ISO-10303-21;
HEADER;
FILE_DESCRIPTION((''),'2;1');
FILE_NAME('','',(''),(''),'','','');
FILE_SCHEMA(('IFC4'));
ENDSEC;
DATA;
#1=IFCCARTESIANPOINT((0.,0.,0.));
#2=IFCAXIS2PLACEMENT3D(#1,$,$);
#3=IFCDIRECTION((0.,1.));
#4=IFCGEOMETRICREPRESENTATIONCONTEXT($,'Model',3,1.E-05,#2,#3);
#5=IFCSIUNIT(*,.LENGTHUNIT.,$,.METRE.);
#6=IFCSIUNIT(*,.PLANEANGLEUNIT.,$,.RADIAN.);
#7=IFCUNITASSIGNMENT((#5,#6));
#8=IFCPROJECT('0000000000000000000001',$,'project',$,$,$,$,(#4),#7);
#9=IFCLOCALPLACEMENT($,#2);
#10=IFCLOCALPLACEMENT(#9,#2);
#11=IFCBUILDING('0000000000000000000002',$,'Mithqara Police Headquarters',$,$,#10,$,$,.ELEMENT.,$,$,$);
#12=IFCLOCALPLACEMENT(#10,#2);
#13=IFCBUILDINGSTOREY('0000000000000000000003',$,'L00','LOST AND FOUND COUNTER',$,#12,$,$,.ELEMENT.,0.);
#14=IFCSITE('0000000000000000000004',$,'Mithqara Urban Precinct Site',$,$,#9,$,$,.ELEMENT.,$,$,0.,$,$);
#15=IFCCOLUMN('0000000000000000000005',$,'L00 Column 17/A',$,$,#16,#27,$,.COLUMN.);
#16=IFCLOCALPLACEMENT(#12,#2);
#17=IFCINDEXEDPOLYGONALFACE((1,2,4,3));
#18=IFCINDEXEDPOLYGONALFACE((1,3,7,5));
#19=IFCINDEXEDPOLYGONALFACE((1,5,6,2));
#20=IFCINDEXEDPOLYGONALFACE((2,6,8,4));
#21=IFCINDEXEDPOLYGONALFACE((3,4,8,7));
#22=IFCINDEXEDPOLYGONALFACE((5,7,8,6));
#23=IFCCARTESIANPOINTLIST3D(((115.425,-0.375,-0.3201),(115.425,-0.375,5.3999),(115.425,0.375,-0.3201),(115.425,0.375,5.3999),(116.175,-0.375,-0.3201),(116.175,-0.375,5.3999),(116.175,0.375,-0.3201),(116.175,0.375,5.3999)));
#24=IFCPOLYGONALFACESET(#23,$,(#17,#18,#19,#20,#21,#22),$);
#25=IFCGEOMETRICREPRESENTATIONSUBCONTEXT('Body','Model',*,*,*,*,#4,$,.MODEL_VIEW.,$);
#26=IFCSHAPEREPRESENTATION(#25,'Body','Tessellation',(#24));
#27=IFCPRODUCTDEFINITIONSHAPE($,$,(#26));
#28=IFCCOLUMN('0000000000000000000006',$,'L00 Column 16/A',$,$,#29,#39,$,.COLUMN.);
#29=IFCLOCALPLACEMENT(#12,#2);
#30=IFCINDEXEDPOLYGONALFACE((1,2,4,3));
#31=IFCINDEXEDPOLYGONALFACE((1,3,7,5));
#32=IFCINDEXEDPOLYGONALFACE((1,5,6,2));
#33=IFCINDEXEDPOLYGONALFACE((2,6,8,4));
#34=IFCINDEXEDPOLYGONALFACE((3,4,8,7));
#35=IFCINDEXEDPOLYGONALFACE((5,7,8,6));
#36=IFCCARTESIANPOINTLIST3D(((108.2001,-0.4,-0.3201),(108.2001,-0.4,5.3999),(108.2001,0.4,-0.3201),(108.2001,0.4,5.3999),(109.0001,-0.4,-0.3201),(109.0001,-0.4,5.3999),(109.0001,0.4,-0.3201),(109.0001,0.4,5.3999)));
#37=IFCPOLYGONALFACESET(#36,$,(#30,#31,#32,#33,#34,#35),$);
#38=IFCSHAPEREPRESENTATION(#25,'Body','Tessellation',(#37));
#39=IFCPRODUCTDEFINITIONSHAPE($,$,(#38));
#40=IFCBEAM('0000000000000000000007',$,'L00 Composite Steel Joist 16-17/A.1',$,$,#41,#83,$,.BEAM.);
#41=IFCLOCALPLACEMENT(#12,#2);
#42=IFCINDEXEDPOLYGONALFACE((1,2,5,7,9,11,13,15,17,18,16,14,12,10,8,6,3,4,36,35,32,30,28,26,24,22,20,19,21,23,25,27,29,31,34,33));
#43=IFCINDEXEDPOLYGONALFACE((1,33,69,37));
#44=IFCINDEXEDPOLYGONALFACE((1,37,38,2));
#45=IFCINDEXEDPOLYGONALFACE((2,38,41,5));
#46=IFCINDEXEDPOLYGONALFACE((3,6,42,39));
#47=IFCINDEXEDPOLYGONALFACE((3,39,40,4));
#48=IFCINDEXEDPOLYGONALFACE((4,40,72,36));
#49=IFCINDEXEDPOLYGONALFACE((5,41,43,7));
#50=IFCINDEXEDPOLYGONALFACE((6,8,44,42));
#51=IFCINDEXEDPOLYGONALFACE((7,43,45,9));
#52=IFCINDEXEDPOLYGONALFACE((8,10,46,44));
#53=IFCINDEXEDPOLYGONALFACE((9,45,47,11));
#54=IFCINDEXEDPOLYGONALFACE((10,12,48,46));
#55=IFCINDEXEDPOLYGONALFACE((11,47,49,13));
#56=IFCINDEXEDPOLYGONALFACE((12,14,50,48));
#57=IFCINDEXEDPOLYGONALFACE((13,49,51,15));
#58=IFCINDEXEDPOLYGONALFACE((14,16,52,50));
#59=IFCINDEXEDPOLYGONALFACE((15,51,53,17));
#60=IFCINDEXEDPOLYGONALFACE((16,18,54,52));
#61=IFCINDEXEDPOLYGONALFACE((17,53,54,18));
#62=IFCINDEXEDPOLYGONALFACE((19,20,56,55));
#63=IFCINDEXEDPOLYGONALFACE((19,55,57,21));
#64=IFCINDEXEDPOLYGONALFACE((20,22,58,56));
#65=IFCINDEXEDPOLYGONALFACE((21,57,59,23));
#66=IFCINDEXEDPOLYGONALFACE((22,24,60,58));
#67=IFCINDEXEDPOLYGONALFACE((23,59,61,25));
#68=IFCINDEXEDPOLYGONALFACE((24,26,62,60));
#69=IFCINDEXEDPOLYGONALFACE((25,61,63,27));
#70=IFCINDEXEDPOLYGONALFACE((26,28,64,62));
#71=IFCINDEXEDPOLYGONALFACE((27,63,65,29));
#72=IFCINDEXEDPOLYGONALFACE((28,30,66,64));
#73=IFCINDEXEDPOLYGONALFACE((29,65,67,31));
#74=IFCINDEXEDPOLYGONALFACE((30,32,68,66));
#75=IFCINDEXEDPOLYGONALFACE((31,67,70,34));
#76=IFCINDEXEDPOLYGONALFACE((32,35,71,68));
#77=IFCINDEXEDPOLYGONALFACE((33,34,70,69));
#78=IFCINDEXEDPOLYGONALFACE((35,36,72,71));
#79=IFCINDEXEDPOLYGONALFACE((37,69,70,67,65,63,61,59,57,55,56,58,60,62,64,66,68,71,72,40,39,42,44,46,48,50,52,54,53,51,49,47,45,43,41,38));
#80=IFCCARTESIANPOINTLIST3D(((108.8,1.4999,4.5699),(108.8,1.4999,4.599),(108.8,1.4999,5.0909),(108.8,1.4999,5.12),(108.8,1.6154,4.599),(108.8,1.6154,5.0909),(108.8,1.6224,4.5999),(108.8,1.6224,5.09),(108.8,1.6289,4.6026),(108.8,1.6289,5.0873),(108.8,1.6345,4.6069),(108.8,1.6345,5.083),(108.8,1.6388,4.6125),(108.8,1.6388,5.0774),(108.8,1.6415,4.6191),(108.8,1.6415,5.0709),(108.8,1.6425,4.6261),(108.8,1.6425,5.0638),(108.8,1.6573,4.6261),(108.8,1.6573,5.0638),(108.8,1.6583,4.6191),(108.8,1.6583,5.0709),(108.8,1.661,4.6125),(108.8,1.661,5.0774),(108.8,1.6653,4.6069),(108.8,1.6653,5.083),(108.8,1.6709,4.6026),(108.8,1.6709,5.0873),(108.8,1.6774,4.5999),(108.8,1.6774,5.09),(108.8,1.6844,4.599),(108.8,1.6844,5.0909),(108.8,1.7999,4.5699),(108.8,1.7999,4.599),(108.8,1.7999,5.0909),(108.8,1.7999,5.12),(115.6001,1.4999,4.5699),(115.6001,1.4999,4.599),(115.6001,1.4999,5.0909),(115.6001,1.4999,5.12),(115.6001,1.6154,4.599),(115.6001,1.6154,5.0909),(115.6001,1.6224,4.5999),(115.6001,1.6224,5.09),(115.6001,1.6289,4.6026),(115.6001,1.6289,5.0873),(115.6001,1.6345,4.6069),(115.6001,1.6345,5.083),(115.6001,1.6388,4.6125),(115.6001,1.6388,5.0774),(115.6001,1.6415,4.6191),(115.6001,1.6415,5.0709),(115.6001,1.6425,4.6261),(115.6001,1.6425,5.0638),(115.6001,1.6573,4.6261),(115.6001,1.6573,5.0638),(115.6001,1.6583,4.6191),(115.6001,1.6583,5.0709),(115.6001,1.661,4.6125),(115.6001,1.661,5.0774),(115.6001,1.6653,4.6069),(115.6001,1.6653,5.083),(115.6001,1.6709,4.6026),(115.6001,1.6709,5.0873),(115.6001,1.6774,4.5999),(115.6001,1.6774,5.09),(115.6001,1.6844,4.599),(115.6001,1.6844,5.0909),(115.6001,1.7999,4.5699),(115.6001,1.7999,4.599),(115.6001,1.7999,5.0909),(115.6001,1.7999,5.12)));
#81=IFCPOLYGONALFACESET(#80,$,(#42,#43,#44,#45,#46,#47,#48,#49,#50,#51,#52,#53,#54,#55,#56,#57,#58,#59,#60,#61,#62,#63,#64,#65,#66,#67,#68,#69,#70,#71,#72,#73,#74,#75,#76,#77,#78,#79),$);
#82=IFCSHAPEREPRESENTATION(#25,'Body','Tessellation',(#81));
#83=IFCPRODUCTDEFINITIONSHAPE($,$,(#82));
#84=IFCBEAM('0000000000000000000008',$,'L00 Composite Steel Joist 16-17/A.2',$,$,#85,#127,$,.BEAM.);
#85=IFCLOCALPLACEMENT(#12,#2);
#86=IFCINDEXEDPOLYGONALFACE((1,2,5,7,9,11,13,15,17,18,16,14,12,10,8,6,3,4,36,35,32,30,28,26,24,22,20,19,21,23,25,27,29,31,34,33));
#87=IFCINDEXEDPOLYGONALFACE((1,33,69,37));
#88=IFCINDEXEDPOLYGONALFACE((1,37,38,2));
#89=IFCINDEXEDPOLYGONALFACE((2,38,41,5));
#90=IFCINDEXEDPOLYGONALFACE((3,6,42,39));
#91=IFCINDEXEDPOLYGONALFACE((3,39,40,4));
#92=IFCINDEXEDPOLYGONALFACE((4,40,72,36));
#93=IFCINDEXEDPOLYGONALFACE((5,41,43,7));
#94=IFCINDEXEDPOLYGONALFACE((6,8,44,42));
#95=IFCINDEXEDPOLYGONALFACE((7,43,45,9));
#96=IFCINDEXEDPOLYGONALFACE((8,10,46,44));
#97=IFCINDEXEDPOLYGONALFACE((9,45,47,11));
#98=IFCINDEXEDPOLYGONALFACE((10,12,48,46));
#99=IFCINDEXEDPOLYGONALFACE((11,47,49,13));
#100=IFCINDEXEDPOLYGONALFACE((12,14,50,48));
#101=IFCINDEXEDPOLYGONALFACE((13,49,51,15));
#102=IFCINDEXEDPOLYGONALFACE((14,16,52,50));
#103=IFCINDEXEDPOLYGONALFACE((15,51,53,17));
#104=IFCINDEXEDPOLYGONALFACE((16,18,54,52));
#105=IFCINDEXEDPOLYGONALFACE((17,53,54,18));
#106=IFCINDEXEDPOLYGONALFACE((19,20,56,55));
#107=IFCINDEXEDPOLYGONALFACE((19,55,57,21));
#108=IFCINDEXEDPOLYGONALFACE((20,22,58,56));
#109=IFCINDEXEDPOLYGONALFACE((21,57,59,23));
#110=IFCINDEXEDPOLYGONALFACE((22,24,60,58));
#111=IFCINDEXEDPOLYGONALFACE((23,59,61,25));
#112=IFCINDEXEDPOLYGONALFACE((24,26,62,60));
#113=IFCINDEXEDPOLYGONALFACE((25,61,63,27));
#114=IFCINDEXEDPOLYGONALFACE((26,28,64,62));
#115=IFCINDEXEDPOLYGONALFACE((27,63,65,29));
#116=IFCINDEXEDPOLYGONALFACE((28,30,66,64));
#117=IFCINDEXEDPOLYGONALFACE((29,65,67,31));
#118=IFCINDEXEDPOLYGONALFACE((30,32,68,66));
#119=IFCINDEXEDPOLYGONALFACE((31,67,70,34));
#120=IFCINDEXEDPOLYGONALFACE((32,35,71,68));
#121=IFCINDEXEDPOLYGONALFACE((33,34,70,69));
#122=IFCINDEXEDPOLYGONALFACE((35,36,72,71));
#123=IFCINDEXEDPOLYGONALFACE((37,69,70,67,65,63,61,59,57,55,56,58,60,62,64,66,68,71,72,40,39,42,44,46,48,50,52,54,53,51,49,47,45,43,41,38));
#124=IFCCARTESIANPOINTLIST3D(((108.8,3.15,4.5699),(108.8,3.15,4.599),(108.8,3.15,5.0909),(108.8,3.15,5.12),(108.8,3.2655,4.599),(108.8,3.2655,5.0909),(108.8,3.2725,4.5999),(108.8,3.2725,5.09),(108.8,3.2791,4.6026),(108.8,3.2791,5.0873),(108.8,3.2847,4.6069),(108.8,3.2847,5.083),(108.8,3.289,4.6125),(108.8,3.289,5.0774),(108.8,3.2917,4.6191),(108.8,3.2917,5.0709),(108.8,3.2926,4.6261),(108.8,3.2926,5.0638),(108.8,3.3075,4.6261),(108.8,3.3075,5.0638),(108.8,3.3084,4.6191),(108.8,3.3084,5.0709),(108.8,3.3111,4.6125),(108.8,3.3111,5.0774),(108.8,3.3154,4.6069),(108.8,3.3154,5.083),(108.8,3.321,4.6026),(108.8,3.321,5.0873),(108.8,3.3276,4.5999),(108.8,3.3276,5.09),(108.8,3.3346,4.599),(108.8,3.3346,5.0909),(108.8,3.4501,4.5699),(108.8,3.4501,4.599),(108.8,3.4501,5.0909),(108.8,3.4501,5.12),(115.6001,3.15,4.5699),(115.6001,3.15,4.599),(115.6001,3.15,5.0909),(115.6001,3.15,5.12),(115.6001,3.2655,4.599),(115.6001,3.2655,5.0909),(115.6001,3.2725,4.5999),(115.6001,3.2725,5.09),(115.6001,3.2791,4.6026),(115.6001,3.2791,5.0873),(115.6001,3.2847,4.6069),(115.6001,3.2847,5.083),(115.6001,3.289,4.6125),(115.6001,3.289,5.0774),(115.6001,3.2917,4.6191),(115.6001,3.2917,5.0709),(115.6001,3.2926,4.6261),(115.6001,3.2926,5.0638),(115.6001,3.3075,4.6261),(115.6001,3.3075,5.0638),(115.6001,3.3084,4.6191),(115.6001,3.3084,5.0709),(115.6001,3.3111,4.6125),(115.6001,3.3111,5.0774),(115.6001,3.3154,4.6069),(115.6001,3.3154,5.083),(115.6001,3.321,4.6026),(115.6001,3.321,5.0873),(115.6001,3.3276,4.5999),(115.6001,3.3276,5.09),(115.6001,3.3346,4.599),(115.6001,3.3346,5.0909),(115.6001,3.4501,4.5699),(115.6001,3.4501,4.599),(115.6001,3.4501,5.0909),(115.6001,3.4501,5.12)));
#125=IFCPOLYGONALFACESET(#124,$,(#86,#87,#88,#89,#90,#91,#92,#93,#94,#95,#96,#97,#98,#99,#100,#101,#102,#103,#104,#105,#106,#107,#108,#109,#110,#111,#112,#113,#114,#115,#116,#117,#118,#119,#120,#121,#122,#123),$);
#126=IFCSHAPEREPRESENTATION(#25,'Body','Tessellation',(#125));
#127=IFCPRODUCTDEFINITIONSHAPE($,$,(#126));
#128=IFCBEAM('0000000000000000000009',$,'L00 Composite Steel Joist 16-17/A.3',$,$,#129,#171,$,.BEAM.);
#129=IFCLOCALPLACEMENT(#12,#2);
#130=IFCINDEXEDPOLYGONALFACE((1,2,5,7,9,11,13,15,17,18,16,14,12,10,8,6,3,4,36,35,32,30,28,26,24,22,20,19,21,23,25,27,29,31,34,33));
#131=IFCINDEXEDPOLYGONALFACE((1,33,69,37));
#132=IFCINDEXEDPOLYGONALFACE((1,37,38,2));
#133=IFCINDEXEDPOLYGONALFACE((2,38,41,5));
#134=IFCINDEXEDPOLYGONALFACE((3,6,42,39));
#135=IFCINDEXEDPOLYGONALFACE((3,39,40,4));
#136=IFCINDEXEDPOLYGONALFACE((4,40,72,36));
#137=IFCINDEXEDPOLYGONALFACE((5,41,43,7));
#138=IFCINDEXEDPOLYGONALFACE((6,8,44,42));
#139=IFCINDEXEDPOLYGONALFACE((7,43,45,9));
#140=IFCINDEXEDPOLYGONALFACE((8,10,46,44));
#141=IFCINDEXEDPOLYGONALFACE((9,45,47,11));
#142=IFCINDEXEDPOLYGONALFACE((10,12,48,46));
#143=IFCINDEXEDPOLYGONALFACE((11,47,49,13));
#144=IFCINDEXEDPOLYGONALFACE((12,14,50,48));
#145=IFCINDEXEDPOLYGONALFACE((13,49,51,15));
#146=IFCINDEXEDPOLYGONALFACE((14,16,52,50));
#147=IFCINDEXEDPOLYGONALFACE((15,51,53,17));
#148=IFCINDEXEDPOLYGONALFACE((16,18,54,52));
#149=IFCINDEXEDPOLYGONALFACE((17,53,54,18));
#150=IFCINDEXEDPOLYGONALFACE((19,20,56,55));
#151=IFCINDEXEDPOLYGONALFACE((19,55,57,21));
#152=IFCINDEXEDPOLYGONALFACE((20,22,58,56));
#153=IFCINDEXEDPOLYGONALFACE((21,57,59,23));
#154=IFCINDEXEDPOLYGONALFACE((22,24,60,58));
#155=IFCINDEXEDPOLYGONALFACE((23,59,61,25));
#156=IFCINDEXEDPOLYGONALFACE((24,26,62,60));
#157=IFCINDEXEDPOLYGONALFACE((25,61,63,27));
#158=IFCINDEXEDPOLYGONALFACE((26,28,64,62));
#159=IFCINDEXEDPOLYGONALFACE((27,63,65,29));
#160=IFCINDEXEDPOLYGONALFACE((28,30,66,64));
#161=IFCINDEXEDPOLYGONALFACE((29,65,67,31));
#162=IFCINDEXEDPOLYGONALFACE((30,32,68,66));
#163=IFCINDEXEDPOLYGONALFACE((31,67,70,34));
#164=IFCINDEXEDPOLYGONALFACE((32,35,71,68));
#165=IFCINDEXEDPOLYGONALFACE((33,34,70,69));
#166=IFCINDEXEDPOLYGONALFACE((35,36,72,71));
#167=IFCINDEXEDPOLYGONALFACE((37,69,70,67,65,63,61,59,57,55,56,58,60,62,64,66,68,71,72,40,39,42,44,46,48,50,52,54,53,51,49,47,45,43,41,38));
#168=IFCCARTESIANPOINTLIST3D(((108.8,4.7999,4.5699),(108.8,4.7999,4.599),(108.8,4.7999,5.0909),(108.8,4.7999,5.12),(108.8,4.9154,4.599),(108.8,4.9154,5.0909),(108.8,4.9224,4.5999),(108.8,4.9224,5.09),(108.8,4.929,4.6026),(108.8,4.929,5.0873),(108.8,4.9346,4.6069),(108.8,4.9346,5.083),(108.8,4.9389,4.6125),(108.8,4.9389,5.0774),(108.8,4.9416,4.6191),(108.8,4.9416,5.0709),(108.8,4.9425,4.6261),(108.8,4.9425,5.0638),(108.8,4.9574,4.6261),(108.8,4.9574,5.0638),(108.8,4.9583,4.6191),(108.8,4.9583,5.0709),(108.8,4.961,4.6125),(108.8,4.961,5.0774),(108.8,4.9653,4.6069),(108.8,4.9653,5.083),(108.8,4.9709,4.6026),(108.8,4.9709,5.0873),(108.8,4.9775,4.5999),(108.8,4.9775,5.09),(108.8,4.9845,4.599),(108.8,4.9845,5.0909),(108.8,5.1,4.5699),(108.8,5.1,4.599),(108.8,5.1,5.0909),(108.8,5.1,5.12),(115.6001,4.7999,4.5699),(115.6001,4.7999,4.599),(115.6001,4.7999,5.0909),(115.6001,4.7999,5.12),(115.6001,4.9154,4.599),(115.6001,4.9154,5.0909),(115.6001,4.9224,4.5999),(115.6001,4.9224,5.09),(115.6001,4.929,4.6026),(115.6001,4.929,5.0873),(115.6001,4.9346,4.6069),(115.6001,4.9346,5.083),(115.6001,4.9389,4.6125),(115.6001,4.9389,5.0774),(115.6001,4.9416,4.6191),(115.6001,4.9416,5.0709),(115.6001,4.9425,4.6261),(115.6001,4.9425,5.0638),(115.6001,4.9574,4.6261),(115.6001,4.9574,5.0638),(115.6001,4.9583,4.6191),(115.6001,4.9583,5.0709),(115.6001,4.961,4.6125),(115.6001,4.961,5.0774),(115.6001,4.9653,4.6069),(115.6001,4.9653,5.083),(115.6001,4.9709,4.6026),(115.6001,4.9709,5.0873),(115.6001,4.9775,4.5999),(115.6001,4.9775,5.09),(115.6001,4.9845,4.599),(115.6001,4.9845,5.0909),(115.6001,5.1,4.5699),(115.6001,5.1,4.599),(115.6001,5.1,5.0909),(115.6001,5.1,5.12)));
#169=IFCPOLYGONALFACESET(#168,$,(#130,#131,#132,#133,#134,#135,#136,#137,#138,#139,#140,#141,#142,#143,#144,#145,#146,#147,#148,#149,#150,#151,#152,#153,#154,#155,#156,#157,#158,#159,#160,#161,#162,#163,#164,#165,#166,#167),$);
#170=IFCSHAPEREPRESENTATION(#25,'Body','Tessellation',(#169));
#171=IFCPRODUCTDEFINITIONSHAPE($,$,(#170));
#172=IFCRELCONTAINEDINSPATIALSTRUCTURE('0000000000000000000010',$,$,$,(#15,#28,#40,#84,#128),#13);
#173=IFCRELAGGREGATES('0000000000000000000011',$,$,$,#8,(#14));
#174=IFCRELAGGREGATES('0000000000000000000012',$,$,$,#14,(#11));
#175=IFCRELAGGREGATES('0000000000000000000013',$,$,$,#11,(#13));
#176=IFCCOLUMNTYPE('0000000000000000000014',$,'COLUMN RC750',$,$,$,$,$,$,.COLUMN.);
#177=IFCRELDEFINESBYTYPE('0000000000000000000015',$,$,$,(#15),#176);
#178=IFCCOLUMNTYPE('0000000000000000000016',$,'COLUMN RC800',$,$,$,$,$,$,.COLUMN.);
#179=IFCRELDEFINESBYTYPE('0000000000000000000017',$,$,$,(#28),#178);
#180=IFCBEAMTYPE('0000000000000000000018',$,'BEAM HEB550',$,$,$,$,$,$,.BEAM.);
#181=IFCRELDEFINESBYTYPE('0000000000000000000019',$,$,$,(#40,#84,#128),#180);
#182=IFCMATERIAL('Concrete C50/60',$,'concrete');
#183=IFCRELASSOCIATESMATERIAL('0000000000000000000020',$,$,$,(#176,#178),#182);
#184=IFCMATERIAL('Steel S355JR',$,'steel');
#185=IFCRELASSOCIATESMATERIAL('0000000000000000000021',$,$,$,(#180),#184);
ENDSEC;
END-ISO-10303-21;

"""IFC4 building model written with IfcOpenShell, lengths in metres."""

from ifc_helpers import new_model, si_unit, direction, frame, origin, origin_2d, place, context, subcontext, project, spatial, rectangle, i_section, extrude, material, material_profile, profile_set, type_object, element, save


model = new_model("IFC4")

# Units and contexts
model_context = context("Model", 3, precision=1e-05, world=origin(), true_north=direction((0.0, 1.0)))
body_context = subcontext(model_context, "Body", "Model", "MODEL_VIEW")
ifc_project = project(units=[si_unit("LENGTHUNIT", "METRE"), si_unit("PLANEANGLEUNIT", "RADIAN")], contexts=[model_context])

# Site, building, storey
site_placement = place(None, origin())
site = spatial("IfcSite", under=ifc_project, at=site_placement, Name="Mithqara Urban Precinct Site", CompositionType="ELEMENT", RefElevation=0.0)
building_placement = place(site_placement, origin())
building = spatial("IfcBuilding", under=site, at=building_placement, Name="Mithqara Police Headquarters", CompositionType="ELEMENT")
storey_placement = place(building_placement, origin())
storey = spatial("IfcBuildingStorey", under=building, at=storey_placement, Name="L00", Description="LOST AND FOUND COUNTER", CompositionType="ELEMENT", Elevation=0.0)

# Columns
ifc_material_1 = material(Name="Concrete C50/60", Category="concrete")
ifc_material_profile_1 = material_profile(ifc_material_1, rectangle(XDim=0.75, YDim=0.75, at=origin_2d()), Name="RC 750x750")
ifc_profile_set_1 = profile_set([ifc_material_profile_1], Name="Concrete C50/60")
column_type_1 = type_object("IfcColumnType", Name="COLUMN RC750", PredefinedType="COLUMN", material=ifc_profile_set_1)
for number, where, z_axis, x_axis, name in (
    (1, (115.8, 0.0, -0.3201), (0.0, 0.0, 1.0), (1.0, 0.0, 0.0), "L00 Column 17/A"),
):
    element("IfcColumn", number, at=place(storey_placement, frame(where, z_axis=z_axis, x_axis=x_axis)), inside=storey, type_object=column_type_1, Name=name, PredefinedType="COLUMN", context=body_context, shape_type="SweptSolid", body=[
        extrude(rectangle(XDim=0.75, YDim=0.75, at=origin_2d()), origin(), (0.0, 0.0, 1.0), 5.72),
    ])
ifc_material_profile_2 = material_profile(ifc_material_1, rectangle(XDim=0.8, YDim=0.8, at=origin_2d()), Name="RC 800x800")
ifc_profile_set_2 = profile_set([ifc_material_profile_2], Name="Concrete C50/60")
column_type_2 = type_object("IfcColumnType", Name="COLUMN RC800", PredefinedType="COLUMN", material=ifc_profile_set_2)
column_placement = place(storey_placement, frame((108.6001, 0.0, -0.3201), z_axis=(0.0, 0.0, 1.0), x_axis=(1.0, 0.0, 0.0)))
element("IfcColumn", 2, at=column_placement, inside=storey, type_object=column_type_2, Name="L00 Column 16/A", PredefinedType="COLUMN", context=body_context, shape_type="SweptSolid", body=[
    extrude(rectangle(XDim=0.8, YDim=0.8, at=origin_2d()), origin(), (0.0, 0.0, 1.0), 5.72),
])

# Beams
ifc_material_2 = material(Name="Steel S355JR", Category="steel")
ifc_material_profile_3 = material_profile(ifc_material_2, i_section(OverallWidth=0.3, OverallDepth=0.55, WebThickness=0.0149, FlangeThickness=0.0291, FilletRadius=0.0271, at=origin_2d()), Name="HEB 550")
ifc_profile_set_3 = profile_set([ifc_material_profile_3], Name="Steel S355JR")
beam_type_1 = type_object("IfcBeamType", Name="BEAM HEB550", PredefinedType="BEAM", material=ifc_profile_set_3)
for number, where, z_axis, x_axis, name in (
    (3, (108.8, 1.6499, 4.845), (1.0, 0.0, 0.0), (0.0, 1.0, 0.0), "L00 Composite Steel Joist 16-17/A.1"),
    (4, (108.8, 3.3, 4.845), (1.0, 0.0, 0.0), (0.0, 1.0, 0.0), "L00 Composite Steel Joist 16-17/A.2"),
    (5, (108.8, 4.95, 4.845), (1.0, 0.0, 0.0), (0.0, 1.0, 0.0), "L00 Composite Steel Joist 16-17/A.3"),
):
    element("IfcBeam", number, at=place(storey_placement, frame(where, z_axis=z_axis, x_axis=x_axis)), inside=storey, type_object=beam_type_1, Name=name, PredefinedType="BEAM", context=body_context, shape_type="SweptSolid", body=[
        extrude(i_section(OverallWidth=0.3, OverallDepth=0.55, WebThickness=0.0149, FlangeThickness=0.0291, FilletRadius=0.0271, at=origin_2d()), origin(), (0.0, 0.0, 1.0), 6.8),
    ])

save(model, "model.ifc")
